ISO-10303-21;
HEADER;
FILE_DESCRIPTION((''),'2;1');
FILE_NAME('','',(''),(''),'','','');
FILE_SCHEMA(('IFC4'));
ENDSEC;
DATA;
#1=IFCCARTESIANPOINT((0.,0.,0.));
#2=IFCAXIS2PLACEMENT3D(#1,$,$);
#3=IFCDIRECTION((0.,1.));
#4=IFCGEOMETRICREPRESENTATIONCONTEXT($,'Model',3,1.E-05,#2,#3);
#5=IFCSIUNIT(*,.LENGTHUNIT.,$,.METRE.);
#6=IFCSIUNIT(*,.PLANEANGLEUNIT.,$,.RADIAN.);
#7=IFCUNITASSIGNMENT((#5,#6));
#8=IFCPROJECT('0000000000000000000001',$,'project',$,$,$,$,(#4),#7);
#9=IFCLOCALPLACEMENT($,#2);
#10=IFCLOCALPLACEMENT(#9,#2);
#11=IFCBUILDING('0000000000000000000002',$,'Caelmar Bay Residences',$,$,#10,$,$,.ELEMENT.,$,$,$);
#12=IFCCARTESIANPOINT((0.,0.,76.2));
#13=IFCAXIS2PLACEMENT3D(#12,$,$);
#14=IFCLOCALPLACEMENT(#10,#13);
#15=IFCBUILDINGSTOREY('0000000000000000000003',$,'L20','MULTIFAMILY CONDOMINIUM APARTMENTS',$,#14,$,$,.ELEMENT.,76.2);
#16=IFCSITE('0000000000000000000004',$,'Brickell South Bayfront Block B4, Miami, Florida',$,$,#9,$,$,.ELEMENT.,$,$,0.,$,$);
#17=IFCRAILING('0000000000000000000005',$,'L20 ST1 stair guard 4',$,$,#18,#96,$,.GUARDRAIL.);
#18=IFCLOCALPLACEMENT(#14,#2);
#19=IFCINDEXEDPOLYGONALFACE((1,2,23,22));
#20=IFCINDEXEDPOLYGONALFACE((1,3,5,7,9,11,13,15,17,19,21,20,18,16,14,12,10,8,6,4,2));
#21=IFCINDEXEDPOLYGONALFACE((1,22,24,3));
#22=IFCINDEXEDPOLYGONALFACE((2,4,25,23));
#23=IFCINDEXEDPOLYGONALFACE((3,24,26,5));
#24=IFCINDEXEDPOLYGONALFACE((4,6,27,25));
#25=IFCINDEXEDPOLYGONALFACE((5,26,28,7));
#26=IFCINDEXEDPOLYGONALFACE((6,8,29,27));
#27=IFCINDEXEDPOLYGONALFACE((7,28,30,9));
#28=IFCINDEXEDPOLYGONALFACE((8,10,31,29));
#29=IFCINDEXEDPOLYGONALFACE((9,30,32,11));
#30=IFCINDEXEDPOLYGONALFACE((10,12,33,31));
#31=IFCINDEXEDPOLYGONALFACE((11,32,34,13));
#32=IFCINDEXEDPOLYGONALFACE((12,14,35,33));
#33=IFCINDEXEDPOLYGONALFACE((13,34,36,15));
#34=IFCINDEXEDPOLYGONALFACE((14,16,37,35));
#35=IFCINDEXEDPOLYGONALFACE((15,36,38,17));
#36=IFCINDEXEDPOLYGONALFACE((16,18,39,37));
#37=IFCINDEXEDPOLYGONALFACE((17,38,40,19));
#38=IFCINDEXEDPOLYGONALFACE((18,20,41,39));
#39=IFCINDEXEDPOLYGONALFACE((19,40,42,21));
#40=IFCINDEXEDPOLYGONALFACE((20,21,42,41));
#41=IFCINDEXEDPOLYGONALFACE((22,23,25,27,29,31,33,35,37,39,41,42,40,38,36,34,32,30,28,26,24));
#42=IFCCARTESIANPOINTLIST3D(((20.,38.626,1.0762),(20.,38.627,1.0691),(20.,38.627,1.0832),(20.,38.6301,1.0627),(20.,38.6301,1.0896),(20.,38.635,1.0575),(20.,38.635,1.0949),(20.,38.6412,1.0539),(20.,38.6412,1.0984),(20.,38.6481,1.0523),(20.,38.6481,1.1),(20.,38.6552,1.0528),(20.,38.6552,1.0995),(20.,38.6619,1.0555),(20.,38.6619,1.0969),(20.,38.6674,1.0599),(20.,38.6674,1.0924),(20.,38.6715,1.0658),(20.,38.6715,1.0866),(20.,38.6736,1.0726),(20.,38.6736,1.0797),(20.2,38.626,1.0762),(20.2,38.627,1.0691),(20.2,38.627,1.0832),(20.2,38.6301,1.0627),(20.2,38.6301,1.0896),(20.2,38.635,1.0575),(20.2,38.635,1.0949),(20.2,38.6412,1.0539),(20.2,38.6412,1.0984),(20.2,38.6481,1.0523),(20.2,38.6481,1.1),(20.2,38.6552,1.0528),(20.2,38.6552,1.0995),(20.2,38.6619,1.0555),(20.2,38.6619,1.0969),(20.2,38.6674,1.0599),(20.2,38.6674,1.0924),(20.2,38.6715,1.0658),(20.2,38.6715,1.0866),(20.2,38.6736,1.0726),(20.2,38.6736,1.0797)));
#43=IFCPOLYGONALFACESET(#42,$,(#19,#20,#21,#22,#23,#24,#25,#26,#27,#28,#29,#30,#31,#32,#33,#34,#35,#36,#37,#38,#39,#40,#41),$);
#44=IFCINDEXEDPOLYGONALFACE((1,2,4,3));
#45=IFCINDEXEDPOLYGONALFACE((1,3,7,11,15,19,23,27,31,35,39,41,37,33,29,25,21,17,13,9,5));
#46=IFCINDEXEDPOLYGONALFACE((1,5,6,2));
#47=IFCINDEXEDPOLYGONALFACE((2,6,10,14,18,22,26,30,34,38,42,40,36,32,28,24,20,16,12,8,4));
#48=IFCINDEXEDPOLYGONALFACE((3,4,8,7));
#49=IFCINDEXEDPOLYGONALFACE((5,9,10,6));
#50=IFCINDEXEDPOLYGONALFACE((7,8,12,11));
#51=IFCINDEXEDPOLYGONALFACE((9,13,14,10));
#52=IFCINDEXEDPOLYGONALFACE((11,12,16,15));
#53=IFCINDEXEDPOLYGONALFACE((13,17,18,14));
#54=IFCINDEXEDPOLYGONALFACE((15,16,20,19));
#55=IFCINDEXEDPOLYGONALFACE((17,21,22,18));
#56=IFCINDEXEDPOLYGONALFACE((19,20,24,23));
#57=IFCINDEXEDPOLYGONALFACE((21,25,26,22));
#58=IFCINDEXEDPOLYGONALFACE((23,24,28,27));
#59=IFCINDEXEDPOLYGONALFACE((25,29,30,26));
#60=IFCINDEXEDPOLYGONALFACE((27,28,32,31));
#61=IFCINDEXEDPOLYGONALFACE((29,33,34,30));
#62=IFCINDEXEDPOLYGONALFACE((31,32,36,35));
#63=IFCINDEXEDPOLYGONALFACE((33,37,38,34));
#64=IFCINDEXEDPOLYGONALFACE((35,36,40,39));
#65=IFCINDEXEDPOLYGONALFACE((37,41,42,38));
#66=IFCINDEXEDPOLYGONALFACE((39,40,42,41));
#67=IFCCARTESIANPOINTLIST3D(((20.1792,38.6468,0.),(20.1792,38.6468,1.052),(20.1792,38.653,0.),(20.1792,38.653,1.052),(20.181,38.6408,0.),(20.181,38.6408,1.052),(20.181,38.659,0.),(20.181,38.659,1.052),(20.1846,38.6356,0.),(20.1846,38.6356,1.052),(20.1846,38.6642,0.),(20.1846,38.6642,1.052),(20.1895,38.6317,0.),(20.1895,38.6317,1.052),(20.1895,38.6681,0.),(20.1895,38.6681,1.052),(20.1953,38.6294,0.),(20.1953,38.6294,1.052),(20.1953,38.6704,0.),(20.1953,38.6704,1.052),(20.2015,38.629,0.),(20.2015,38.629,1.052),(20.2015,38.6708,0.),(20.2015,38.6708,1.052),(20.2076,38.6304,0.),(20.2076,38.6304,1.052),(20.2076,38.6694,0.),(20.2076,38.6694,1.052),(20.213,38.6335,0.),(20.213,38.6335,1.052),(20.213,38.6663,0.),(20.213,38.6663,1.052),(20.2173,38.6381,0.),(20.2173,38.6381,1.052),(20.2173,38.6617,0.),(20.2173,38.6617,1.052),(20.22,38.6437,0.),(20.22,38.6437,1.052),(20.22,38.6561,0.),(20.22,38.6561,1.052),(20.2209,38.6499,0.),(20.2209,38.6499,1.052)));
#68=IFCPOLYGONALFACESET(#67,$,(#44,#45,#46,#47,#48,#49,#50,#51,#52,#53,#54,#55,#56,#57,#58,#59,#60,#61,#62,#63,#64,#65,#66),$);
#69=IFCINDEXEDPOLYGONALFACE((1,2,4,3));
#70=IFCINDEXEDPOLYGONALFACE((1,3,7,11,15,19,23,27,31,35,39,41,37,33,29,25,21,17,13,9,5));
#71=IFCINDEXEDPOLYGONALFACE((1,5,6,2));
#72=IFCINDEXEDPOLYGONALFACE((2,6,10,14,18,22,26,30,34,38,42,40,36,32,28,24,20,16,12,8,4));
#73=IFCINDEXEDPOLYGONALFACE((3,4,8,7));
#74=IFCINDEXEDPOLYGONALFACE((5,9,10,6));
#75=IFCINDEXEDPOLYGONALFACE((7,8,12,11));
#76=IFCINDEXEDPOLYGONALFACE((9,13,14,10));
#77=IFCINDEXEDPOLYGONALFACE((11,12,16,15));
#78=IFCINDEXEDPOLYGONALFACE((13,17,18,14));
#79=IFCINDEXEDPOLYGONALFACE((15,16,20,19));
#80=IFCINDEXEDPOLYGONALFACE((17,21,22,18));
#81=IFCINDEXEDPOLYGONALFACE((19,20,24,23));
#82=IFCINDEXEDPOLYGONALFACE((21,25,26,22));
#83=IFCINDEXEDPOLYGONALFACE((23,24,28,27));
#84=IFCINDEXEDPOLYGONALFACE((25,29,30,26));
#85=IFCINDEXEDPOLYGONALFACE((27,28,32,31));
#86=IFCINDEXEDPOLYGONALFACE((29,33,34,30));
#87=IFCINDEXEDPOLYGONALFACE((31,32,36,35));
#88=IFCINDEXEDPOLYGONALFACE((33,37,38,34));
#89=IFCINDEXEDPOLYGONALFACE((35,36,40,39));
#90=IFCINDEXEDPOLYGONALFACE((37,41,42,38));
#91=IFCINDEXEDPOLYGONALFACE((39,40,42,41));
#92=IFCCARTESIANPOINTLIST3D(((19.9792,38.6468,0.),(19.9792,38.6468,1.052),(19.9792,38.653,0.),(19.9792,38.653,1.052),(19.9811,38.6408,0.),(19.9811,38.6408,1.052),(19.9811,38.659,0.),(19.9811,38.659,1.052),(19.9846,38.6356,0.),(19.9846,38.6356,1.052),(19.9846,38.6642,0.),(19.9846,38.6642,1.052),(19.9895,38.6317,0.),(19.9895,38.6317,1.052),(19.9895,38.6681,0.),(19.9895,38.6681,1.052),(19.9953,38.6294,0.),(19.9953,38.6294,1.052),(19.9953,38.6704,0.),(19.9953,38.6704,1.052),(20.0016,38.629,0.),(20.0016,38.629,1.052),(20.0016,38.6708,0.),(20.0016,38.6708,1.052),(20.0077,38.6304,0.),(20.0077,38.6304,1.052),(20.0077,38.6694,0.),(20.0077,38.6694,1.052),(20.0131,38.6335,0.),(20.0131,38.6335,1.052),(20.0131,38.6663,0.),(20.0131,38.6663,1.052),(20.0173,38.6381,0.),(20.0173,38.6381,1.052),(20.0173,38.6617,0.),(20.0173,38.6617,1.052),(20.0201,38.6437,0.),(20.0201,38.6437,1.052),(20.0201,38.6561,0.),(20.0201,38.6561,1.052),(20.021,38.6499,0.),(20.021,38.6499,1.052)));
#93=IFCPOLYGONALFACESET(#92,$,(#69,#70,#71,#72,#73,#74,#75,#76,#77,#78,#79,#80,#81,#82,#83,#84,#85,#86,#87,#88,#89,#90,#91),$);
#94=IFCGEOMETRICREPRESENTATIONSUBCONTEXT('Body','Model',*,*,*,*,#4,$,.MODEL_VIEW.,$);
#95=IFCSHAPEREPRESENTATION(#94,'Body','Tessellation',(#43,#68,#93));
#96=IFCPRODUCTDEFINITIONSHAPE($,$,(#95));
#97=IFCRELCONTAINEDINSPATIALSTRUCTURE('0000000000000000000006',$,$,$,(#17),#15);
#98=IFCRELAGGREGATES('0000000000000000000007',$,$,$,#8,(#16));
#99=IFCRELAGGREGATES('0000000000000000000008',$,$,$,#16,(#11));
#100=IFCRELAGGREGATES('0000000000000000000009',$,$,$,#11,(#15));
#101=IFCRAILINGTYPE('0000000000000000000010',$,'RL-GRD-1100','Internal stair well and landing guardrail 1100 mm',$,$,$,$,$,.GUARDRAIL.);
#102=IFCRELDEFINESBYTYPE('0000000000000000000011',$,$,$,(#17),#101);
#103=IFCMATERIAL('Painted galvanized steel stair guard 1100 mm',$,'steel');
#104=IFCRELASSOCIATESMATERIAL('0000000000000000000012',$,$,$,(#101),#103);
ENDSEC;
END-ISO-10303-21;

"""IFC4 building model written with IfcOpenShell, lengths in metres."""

from ifc_helpers import new_model, si_unit, direction, frame, origin, origin_2d, place, context, subcontext, project, spatial, circle, extrude, material, type_object, element, save


model = new_model("IFC4")

# Units and contexts
model_context = context("Model", 3, precision=1e-05, world=origin(), true_north=direction((0.0, 1.0)))
body_context = subcontext(model_context, "Body", "Model", "MODEL_VIEW")
ifc_project = project(units=[si_unit("LENGTHUNIT", "METRE"), si_unit("PLANEANGLEUNIT", "RADIAN")], contexts=[model_context])

# Site, building, storey
site_placement = place(None, origin())
site = spatial("IfcSite", under=ifc_project, at=site_placement, Name="Brickell South Bayfront Block B4, Miami, Florida", CompositionType="ELEMENT", RefElevation=0.0)
building_placement = place(site_placement, origin())
building = spatial("IfcBuilding", under=site, at=building_placement, Name="Caelmar Bay Residences", CompositionType="ELEMENT")
storey_placement = place(building_placement, frame((0.0, 0.0, 76.2)))
storey = spatial("IfcBuildingStorey", under=building, at=storey_placement, Name="L20", Description="MULTIFAMILY CONDOMINIUM APARTMENTS", CompositionType="ELEMENT", Elevation=76.2)

# Railing
ifc_material_1 = material(Name="Painted galvanized steel stair guard 1100 mm", Category="steel")
railing_type_1 = type_object("IfcRailingType", Name="RL-GRD-1100", Description="Internal stair well and landing guardrail 1100 mm", PredefinedType="GUARDRAIL", material=ifc_material_1)
railing_1_placement = place(storey_placement, frame((20.2, 38.6499, 0.0)))
element("IfcRailing", 1, at=railing_1_placement, inside=storey, type_object=railing_type_1, Name="L20 ST1 stair guard 4", PredefinedType="GUARDRAIL", context=body_context, shape_type="SweptSolid", body=[
    extrude(circle(Radius=0.0239, at=origin_2d()), frame((0.0, 0.0, 1.0762), z_axis=(-1.0, 0.0, 0.0), x_axis=(0.0, -1.0, 0.0)), (0.0, 0.0, 1.0), 0.2),
    extrude(circle(Radius=0.021, at=origin_2d()), origin(), (0.0, 0.0, 1.0), 1.052),
    extrude(circle(Radius=0.021, at=origin_2d()), frame((-0.2, 0.0, 0.0)), (0.0, 0.0, 1.0), 1.052),
])

save(model, "model.ifc")
